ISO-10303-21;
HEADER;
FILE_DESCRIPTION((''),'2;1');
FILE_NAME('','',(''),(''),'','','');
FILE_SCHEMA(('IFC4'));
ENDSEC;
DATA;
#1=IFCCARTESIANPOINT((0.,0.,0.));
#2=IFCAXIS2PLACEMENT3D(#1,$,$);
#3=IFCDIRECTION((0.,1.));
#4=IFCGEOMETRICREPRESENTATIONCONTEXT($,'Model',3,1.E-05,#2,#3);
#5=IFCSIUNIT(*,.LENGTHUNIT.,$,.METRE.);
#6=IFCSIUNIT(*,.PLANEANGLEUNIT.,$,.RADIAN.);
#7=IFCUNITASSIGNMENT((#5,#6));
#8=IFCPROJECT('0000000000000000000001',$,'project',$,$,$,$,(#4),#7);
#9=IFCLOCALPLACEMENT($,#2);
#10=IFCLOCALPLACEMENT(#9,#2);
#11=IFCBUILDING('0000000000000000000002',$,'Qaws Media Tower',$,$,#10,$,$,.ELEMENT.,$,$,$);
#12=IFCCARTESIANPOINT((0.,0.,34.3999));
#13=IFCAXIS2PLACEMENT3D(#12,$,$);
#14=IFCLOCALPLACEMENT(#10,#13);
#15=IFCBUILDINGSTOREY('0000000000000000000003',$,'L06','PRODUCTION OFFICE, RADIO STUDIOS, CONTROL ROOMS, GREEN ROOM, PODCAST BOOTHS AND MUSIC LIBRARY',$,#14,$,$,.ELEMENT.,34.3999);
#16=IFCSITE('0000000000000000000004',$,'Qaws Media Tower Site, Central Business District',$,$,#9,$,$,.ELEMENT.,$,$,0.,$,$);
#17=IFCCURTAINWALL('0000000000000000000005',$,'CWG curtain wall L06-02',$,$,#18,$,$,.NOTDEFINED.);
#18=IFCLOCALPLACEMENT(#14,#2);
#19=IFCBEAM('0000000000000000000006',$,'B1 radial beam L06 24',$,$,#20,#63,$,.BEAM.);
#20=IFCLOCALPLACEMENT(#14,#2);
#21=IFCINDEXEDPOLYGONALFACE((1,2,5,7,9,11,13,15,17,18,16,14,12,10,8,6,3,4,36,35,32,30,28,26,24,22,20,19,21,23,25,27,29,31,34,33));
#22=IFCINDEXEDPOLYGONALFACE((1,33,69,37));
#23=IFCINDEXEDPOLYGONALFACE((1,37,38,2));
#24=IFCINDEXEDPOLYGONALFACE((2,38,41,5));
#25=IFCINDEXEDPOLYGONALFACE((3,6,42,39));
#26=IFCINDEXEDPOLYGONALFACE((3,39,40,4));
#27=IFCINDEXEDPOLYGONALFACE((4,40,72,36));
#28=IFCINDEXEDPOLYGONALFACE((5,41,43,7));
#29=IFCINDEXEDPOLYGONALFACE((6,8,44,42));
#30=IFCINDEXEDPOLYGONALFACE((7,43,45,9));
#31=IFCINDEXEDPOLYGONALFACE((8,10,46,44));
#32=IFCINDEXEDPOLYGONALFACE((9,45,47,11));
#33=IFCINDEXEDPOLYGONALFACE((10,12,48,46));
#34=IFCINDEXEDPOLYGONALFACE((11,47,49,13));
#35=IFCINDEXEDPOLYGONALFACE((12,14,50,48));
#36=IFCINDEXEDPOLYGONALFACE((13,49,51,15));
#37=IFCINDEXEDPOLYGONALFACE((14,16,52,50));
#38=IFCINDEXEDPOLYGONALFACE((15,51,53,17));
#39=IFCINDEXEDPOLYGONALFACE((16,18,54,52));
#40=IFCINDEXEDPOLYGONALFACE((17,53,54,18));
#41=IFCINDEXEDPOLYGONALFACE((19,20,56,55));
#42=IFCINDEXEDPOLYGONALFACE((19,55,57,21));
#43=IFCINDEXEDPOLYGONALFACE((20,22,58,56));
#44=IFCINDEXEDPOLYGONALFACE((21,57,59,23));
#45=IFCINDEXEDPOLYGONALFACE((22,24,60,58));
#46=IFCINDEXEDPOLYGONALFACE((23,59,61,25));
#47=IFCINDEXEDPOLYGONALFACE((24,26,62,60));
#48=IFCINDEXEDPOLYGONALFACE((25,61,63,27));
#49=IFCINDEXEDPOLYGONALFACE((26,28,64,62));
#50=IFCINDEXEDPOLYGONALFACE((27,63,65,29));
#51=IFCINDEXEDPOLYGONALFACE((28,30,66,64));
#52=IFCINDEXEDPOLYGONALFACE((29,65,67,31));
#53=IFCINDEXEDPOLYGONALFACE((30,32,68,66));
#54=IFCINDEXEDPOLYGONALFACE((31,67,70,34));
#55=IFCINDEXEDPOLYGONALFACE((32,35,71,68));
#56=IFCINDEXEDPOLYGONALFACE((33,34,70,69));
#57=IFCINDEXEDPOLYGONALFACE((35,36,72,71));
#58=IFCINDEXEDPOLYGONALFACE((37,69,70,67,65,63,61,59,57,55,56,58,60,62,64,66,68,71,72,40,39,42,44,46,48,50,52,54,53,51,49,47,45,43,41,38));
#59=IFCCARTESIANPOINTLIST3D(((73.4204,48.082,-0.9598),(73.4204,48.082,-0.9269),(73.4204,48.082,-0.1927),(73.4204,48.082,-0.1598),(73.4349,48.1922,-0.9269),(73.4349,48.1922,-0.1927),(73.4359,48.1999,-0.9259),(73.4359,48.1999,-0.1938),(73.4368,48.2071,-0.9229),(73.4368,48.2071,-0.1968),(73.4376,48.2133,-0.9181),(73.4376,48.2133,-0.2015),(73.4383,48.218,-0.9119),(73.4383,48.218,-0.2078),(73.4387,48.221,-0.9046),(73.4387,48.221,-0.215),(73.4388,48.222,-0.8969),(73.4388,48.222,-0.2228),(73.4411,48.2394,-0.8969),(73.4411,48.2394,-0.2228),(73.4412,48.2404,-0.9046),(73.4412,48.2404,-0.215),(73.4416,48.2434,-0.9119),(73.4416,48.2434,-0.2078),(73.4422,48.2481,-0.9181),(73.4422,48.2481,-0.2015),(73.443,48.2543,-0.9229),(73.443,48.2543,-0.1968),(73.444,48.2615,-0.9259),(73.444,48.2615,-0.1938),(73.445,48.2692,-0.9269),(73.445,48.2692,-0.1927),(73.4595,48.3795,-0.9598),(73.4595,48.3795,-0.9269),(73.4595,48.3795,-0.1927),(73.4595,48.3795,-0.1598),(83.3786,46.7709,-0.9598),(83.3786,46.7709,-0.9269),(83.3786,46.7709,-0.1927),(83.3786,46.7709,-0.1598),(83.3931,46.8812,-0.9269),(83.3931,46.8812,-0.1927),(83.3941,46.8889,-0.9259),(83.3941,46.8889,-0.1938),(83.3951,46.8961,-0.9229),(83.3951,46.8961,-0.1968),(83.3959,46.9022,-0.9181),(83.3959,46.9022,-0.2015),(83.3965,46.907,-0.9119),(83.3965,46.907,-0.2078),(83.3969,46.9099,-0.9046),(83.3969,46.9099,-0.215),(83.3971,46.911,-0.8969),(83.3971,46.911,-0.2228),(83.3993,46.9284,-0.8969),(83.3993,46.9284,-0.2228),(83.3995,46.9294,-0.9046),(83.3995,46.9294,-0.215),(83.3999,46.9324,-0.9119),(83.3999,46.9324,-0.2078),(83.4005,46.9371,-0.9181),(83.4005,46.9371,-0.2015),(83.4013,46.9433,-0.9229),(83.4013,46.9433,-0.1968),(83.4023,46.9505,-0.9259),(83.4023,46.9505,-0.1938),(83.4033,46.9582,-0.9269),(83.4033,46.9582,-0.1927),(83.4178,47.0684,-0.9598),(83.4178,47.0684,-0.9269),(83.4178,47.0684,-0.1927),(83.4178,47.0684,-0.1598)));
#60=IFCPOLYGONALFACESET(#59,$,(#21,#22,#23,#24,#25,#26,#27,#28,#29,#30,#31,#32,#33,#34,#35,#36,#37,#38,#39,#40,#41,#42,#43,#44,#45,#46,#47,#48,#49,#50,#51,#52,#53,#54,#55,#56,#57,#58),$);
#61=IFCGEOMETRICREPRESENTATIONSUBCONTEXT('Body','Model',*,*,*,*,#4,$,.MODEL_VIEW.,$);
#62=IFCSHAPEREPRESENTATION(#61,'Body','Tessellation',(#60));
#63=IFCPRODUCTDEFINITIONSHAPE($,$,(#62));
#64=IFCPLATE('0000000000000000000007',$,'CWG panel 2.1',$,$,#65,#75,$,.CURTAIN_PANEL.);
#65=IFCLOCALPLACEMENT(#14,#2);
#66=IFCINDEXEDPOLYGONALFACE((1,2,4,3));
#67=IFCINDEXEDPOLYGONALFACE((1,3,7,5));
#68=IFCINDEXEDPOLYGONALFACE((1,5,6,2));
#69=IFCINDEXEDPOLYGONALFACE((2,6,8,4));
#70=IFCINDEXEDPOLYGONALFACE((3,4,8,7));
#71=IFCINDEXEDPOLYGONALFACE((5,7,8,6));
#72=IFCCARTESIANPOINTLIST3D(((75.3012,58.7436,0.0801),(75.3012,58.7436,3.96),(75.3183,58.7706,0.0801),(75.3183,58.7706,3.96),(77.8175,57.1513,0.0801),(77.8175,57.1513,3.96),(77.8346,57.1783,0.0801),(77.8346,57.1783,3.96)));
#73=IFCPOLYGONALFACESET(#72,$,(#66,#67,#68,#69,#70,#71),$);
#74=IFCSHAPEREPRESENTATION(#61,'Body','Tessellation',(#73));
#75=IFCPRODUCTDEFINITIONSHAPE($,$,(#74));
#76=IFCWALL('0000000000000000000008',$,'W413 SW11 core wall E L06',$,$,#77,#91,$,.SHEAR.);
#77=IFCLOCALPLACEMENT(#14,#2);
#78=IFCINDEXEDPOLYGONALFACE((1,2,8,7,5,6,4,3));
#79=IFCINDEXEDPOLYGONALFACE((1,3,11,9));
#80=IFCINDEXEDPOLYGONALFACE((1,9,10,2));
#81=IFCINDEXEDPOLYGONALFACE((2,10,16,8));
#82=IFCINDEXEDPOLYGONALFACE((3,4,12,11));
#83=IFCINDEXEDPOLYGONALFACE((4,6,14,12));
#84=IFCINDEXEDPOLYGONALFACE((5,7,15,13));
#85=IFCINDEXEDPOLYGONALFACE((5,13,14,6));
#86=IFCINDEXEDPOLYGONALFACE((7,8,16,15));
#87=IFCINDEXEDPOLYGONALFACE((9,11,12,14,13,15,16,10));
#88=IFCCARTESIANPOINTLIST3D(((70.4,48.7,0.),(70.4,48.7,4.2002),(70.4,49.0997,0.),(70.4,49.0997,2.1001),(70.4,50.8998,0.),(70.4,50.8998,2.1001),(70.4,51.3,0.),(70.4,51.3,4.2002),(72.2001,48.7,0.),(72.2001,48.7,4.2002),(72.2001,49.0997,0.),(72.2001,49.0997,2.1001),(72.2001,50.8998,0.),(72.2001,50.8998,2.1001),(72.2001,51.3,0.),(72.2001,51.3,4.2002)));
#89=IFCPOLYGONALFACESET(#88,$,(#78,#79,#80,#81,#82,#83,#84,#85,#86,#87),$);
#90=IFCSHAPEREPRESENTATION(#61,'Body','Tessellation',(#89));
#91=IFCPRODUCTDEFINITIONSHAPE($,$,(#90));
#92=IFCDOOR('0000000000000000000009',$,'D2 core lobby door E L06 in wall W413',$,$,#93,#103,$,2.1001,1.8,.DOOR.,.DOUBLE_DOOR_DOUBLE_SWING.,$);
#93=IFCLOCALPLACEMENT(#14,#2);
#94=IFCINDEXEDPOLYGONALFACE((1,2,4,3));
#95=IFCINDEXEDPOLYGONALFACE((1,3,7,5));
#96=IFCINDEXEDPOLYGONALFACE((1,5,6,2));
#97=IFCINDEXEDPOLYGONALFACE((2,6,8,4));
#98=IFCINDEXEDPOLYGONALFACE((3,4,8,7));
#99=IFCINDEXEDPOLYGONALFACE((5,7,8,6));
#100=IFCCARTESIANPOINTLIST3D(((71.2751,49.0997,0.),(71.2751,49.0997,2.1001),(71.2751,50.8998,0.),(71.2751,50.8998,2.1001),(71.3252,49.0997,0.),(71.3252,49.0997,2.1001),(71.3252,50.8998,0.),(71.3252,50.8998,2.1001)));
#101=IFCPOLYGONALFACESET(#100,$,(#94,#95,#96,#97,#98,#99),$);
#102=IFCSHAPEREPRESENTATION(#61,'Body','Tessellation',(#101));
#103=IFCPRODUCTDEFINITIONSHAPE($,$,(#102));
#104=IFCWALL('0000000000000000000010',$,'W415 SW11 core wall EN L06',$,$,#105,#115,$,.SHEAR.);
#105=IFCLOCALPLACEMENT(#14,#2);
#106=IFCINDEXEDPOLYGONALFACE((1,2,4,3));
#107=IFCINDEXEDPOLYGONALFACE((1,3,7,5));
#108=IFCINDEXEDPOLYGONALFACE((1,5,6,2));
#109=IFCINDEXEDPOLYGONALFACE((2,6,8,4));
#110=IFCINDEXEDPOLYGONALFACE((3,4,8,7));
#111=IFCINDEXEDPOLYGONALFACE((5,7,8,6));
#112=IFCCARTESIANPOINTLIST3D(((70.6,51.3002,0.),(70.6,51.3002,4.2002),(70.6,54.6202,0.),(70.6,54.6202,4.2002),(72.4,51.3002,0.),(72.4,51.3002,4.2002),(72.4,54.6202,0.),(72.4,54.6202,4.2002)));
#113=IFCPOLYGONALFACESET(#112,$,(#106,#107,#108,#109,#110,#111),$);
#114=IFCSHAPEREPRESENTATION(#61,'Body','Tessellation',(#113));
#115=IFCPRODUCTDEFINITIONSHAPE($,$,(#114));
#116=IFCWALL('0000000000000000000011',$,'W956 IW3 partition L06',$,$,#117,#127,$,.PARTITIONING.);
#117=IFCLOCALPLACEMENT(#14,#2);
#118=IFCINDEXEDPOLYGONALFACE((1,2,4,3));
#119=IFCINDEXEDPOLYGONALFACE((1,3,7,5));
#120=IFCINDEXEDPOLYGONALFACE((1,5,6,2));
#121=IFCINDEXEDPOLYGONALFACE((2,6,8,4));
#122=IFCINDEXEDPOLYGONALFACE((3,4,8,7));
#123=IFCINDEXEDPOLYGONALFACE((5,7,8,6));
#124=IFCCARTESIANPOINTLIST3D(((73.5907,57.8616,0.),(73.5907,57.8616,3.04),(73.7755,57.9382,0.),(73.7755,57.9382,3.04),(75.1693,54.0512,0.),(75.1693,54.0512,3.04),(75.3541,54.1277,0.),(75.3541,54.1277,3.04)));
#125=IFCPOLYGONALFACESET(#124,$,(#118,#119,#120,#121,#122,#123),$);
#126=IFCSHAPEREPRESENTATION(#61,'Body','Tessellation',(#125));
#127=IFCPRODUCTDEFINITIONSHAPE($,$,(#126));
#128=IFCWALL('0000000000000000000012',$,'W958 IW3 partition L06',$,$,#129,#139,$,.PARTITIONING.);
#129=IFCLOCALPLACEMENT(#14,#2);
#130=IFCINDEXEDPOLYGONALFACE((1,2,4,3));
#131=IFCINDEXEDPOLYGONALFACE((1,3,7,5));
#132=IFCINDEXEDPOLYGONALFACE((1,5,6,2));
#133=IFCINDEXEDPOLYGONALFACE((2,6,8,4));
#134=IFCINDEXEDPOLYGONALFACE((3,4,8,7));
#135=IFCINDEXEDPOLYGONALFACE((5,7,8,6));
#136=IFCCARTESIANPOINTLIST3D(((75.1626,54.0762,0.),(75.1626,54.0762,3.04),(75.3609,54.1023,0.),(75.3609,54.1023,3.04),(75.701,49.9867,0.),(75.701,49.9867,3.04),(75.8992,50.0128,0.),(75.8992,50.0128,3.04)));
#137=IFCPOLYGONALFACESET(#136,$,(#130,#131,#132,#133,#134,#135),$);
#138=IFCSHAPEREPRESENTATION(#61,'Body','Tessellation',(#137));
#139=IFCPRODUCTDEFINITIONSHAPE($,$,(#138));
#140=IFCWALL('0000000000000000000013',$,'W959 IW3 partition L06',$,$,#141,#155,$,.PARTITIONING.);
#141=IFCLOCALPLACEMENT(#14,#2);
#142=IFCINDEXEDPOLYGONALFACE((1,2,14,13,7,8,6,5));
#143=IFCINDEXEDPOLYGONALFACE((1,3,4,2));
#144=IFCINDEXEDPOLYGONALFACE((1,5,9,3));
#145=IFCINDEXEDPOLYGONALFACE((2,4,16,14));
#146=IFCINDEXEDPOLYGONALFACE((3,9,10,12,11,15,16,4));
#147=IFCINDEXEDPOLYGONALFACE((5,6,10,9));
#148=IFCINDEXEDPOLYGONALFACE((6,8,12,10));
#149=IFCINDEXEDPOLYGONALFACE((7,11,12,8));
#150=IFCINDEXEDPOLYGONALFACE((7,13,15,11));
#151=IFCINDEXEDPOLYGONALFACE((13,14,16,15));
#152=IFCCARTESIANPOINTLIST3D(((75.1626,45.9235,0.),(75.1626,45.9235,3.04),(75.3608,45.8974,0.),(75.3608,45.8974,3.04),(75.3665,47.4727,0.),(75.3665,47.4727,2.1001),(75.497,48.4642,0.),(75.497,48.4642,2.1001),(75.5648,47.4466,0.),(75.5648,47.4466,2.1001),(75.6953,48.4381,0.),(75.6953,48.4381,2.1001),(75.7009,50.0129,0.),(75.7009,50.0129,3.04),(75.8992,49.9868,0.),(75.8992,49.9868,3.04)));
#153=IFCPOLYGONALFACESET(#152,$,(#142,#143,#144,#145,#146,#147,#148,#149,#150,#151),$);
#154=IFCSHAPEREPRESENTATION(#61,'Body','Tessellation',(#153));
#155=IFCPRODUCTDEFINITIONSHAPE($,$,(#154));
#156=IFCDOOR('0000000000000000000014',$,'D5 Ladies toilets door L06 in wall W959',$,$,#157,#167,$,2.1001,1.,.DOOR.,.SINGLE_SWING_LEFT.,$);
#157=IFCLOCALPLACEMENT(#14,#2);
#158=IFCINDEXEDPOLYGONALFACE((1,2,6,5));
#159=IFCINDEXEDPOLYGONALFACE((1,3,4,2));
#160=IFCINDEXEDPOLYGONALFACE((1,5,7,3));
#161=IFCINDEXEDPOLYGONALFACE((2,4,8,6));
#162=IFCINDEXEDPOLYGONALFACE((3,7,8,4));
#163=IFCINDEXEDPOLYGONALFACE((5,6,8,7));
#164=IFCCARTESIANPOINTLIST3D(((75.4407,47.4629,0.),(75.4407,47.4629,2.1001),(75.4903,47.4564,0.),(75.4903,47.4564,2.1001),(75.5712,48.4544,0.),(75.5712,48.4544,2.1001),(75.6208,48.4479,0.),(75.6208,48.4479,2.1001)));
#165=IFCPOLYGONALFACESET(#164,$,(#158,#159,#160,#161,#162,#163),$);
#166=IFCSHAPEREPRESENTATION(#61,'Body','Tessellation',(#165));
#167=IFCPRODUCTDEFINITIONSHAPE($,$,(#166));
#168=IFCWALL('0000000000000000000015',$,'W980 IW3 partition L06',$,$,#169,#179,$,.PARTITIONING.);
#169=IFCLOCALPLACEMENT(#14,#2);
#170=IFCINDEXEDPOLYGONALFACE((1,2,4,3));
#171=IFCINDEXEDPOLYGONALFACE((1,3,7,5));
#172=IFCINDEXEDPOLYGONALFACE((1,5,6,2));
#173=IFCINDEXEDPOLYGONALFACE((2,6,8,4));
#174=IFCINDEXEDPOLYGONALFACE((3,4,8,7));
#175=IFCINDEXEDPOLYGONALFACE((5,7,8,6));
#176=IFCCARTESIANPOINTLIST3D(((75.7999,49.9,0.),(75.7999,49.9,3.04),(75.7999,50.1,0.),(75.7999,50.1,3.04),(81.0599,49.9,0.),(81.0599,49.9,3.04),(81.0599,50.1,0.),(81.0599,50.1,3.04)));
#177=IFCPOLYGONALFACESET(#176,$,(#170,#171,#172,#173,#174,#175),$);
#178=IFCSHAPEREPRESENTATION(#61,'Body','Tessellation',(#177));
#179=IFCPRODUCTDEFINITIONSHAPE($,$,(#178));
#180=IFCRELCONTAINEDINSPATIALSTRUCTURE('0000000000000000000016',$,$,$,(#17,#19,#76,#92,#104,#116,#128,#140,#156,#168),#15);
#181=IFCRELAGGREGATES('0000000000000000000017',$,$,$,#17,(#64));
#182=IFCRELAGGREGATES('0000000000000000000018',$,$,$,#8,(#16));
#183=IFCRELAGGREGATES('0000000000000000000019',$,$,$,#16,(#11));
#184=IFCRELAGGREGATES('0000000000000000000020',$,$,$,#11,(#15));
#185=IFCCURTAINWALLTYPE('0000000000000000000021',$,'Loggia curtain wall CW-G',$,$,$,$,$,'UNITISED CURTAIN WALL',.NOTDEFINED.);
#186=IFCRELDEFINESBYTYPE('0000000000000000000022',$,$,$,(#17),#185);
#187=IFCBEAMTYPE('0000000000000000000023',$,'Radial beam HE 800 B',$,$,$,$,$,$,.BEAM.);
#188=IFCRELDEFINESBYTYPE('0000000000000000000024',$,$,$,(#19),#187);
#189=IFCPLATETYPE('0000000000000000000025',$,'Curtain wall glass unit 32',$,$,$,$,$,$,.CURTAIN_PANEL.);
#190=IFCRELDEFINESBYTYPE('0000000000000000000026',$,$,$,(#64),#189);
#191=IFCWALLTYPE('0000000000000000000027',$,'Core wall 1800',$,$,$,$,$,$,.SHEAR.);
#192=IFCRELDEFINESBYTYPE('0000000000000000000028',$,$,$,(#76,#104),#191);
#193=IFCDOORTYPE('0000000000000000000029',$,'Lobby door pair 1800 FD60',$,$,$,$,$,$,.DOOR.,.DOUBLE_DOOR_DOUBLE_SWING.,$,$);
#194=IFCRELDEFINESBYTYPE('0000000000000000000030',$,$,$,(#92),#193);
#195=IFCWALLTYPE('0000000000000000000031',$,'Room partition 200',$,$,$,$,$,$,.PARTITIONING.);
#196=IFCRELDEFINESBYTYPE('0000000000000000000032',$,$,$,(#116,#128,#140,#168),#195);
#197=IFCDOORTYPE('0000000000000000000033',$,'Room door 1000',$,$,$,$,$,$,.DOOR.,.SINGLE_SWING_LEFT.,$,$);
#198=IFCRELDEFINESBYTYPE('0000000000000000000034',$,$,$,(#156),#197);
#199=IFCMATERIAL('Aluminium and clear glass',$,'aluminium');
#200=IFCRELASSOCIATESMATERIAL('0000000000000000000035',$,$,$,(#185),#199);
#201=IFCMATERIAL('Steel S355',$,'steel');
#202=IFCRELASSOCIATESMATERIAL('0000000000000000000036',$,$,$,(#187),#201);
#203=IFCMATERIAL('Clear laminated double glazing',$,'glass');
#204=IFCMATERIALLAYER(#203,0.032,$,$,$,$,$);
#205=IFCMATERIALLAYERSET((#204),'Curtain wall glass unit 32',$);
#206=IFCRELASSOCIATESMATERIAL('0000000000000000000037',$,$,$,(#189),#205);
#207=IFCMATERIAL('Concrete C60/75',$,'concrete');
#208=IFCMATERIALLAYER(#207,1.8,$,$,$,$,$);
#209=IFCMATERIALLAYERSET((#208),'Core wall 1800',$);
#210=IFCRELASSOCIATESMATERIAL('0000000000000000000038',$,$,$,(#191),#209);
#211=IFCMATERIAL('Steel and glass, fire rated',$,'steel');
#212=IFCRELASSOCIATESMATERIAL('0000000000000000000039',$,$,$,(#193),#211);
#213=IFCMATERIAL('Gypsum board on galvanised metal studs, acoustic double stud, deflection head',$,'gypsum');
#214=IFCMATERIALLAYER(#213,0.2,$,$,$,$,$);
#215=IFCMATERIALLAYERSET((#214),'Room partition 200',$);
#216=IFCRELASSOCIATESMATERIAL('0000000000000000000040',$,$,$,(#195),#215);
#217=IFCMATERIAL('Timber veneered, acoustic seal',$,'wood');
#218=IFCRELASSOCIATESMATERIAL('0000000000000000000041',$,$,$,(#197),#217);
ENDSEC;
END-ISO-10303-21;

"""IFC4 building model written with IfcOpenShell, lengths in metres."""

from ifc_helpers import new_model, si_unit, direction, frame, frame_2d, origin, origin_2d, place, context, subcontext, project, spatial, rectangle, i_section, extrude, material, layer, layer_set, material_profile, profile_set, type_object, element, fill, aggregate, save


model = new_model("IFC4")

# Units and contexts
model_context = context("Model", 3, precision=1e-05, world=origin(), true_north=direction((0.0, 1.0)))
body_context = subcontext(model_context, "Body", "Model", "MODEL_VIEW")
ifc_project = project(units=[si_unit("LENGTHUNIT", "METRE"), si_unit("PLANEANGLEUNIT", "RADIAN")], contexts=[model_context])

# Site, building, storey
site_placement = place(None, origin())
site = spatial("IfcSite", under=ifc_project, at=site_placement, Name="Qaws Media Tower Site, Central Business District", CompositionType="ELEMENT", RefElevation=0.0)
building_placement = place(site_placement, origin())
building = spatial("IfcBuilding", under=site, at=building_placement, Name="Qaws Media Tower", CompositionType="ELEMENT")
storey_placement = place(building_placement, frame((0.0, 0.0, 34.3999)))
storey = spatial("IfcBuildingStorey", under=building, at=storey_placement, Name="L06", Description="PRODUCTION OFFICE, RADIO STUDIOS, CONTROL ROOMS, GREEN ROOM, PODCAST BOOTHS AND MUSIC LIBRARY", CompositionType="ELEMENT", Elevation=34.3999)

# Curtain wall
ifc_material_1 = material(Name="Aluminium and clear glass", Category="aluminium")
curtain_wall_type = type_object("IfcCurtainWallType", Name="Loggia curtain wall CW-G", ElementType="UNITISED CURTAIN WALL", PredefinedType="NOTDEFINED", material=ifc_material_1)
curtain_wall_placement = place(storey_placement, origin())
curtain_wall = element("IfcCurtainWall", 1, at=curtain_wall_placement, inside=storey, type_object=curtain_wall_type, Name="CWG curtain wall L06-02", PredefinedType="NOTDEFINED")

# Beam
ifc_material_2 = material(Name="Steel S355", Category="steel")
ifc_material_profile_1 = material_profile(ifc_material_2, i_section(OverallWidth=0.3, OverallDepth=0.8, WebThickness=0.0176, FlangeThickness=0.033, FilletRadius=0.03, at=origin_2d()), Name="HE 800 B")
ifc_profile_set_1 = profile_set([ifc_material_profile_1], Name="Steel S355")
beam_type_1 = type_object("IfcBeamType", Name="Radial beam HE 800 B", PredefinedType="BEAM", material=ifc_profile_set_1)
beam_1_placement = place(storey_placement, frame((73.4399, 48.2307, -0.5598), z_axis=(0.991445, -0.130527, 0.0), x_axis=(0.130527, 0.991445, 0.0)))
element("IfcBeam", 2, at=beam_1_placement, inside=storey, type_object=beam_type_1, Name="B1 radial beam L06 24", PredefinedType="BEAM", context=body_context, shape_type="SweptSolid", body=[
    extrude(i_section(OverallWidth=0.3, OverallDepth=0.8, WebThickness=0.0176, FlangeThickness=0.033, FilletRadius=0.03, at=origin_2d()), origin(), (0.0, 0.0, 1.0), 10.0442),
])

# Plate
ifc_material_3 = material(Name="Clear laminated double glazing", Category="glass")
ifc_layer_1 = layer(ifc_material_3, 0.032)
ifc_layer_set_1 = layer_set([ifc_layer_1], Name="Curtain wall glass unit 32")
plate_type = type_object("IfcPlateType", Name="Curtain wall glass unit 32", PredefinedType="CURTAIN_PANEL", material=ifc_layer_set_1)
plate_placement = place(storey_placement, frame((76.5679, 57.9609, 0.0801), z_axis=(0.0, 0.0, 1.0), x_axis=(-0.845026, 0.534726, 0.0)))
plate = element("IfcPlate", 3, at=plate_placement, type_object=plate_type, Name="CWG panel 2.1", PredefinedType="CURTAIN_PANEL", context=body_context, shape_type="SweptSolid", body=[
    extrude(rectangle(XDim=2.9778, YDim=0.032, at=origin_2d()), origin(), (0.0, 0.0, 1.0), 3.8799),
])
aggregate(curtain_wall, [plate])

# Wall, opening, door
ifc_material_4 = material(Name="Concrete C60/75", Category="concrete")
ifc_layer_2 = layer(ifc_material_4, 1.8)
ifc_layer_set_2 = layer_set([ifc_layer_2], Name="Core wall 1800")
wall_type_1 = type_object("IfcWallType", Name="Core wall 1800", PredefinedType="SHEAR", material=ifc_layer_set_2)
wall_1_placement = place(storey_placement, frame((71.3, 48.7, 0.0), z_axis=(0.0, 0.0, 1.0), x_axis=(0.0, 1.0, 0.0)))
wall_1 = element("IfcWall", 4, at=wall_1_placement, inside=storey, type_object=wall_type_1, Name="W413 SW11 core wall E L06", PredefinedType="SHEAR", context=body_context, shape_type="SweptSolid", body=[
    extrude(rectangle(XDim=2.6001, YDim=1.8, at=frame_2d((1.3, 0.0))), origin(), (0.0, 0.0, 1.0), 4.2002),
])
opening_1_placement = place(wall_1_placement, frame((0.3999, 0.0, 0.0)))
opening_1 = element("IfcOpeningElement", 5, at=opening_1_placement, cuts=wall_1, PredefinedType="OPENING", context=body_context, shape_type="SweptSolid", body=[
    extrude(rectangle(XDim=1.8, YDim=2.1001, at=frame_2d((0.8999, 1.05))), frame((0.0, 0.9099, 0.0), z_axis=(0.0, -1.0, 0.0), x_axis=(1.0, 0.0, 0.0)), (0.0, 0.0, 1.0), 1.8201),
])
ifc_material_5 = material(Name="Steel and glass, fire rated", Category="steel")
door_type_1 = type_object("IfcDoorType", Name="Lobby door pair 1800 FD60", OperationType="DOUBLE_DOOR_DOUBLE_SWING", PredefinedType="DOOR", material=ifc_material_5)
door_1_placement = place(opening_1_placement, origin())
door_1 = element("IfcDoor", 6, at=door_1_placement, inside=storey, type_object=door_type_1, Name="D2 core lobby door E L06 in wall W413", OperationType="DOUBLE_DOOR_DOUBLE_SWING", OverallHeight=2.1001, OverallWidth=1.8, PredefinedType="DOOR", context=body_context, shape_type="SweptSolid", body=[
    extrude(rectangle(XDim=1.8, YDim=2.1001, at=frame_2d((0.8999, 1.05))), frame((0.0, 0.0249, 0.0), z_axis=(0.0, -1.0, 0.0), x_axis=(1.0, 0.0, 0.0)), (0.0, 0.0, 1.0), 0.05),
])
fill(opening_1, door_1)

# Walls
wall_2_placement = place(storey_placement, frame((71.5, 51.3, 0.0), z_axis=(0.0, 0.0, 1.0), x_axis=(0.0, 1.0, 0.0)))
element("IfcWall", 7, at=wall_2_placement, inside=storey, type_object=wall_type_1, Name="W415 SW11 core wall EN L06", PredefinedType="SHEAR", context=body_context, shape_type="SweptSolid", body=[
    extrude(rectangle(XDim=3.3201, YDim=1.8, at=frame_2d((1.6602, 0.0))), origin(), (0.0, 0.0, 1.0), 4.2002),
])
ifc_material_6 = material(Name="Gypsum board on galvanised metal studs, acoustic double stud, deflection head", Category="gypsum")
ifc_layer_3 = layer(ifc_material_6, 0.2)
ifc_layer_set_3 = layer_set([ifc_layer_3], Name="Room partition 200")
wall_type_2 = type_object("IfcWallType", Name="Room partition 200", PredefinedType="PARTITIONING", material=ifc_layer_set_3)
wall_3_placement = place(storey_placement, frame((73.6831, 57.8999, 0.0), z_axis=(0.0, 0.0, 1.0), x_axis=(0.382732, -0.92386, 0.0)))
element("IfcWall", 8, at=wall_3_placement, inside=storey, type_object=wall_type_2, Name="W956 IW3 partition L06", PredefinedType="PARTITIONING", context=body_context, shape_type="SweptSolid", body=[
    extrude(rectangle(XDim=4.1245, YDim=0.2, at=frame_2d((2.0623, 0.0))), origin(), (0.0, 0.0, 1.0), 3.04),
])
wall_4_placement = place(storey_placement, frame((75.2617, 54.0894, 0.0), z_axis=(0.0, 0.0, 1.0), x_axis=(0.130516, -0.991446, 0.0)))
element("IfcWall", 9, at=wall_4_placement, inside=storey, type_object=wall_type_2, Name="W958 IW3 partition L06", PredefinedType="PARTITIONING", context=body_context, shape_type="SweptSolid", body=[
    extrude(rectangle(XDim=4.1248, YDim=0.2, at=frame_2d((2.0625, 0.0))), origin(), (0.0, 0.0, 1.0), 3.04),
])

# Wall, opening, door
wall_5_placement = place(storey_placement, frame((75.8, 50.0, 0.0), z_axis=(0.0, 0.0, 1.0), x_axis=(-0.130516, -0.991446, 0.0)))
wall_5 = element("IfcWall", 10, at=wall_5_placement, inside=storey, type_object=wall_type_2, Name="W959 IW3 partition L06", PredefinedType="PARTITIONING", context=body_context, shape_type="SweptSolid", body=[
    extrude(rectangle(XDim=4.1248, YDim=0.2, at=frame_2d((2.0625, 0.0))), origin(), (0.0, 0.0, 1.0), 3.04),
])
opening_2_placement = place(wall_5_placement, frame((1.5623, 0.0, 0.0)))
opening_2 = element("IfcOpeningElement", 11, at=opening_2_placement, cuts=wall_5, PredefinedType="OPENING", context=body_context, shape_type="SweptSolid", body=[
    extrude(rectangle(XDim=1.0, YDim=2.1001, at=frame_2d((0.5, 1.05))), frame((0.0, 0.1099, 0.0), z_axis=(0.0, -1.0, 0.0), x_axis=(1.0, 0.0, 0.0)), (0.0, 0.0, 1.0), 0.22),
])
ifc_material_7 = material(Name="Timber veneered, acoustic seal", Category="wood")
door_type_2 = type_object("IfcDoorType", Name="Room door 1000", OperationType="SINGLE_SWING_LEFT", PredefinedType="DOOR", material=ifc_material_7)
door_2_placement = place(opening_2_placement, origin())
door_2 = element("IfcDoor", 12, at=door_2_placement, inside=storey, type_object=door_type_2, Name="D5 Ladies toilets door L06 in wall W959", OperationType="SINGLE_SWING_LEFT", OverallHeight=2.1001, OverallWidth=1.0, PredefinedType="DOOR", context=body_context, shape_type="SweptSolid", body=[
    extrude(rectangle(XDim=1.0, YDim=2.1001, at=frame_2d((0.5, 1.05))), frame((0.0, 0.0249, 0.0), z_axis=(0.0, -1.0, 0.0), x_axis=(1.0, 0.0, 0.0)), (0.0, 0.0, 1.0), 0.05),
])
fill(opening_2, door_2)

# Wall
wall_6_placement = place(storey_placement, frame((75.8, 50.0, 0.0), z_axis=(0.0, 0.0, 1.0), x_axis=(1.0, 0.0, 0.0)))
element("IfcWall", 13, at=wall_6_placement, inside=storey, type_object=wall_type_2, Name="W980 IW3 partition L06", PredefinedType="PARTITIONING", context=body_context, shape_type="SweptSolid", body=[
    extrude(rectangle(XDim=5.26, YDim=0.2, at=frame_2d((2.6299, 0.0))), origin(), (0.0, 0.0, 1.0), 3.04),
])

save(model, "model.ifc")
